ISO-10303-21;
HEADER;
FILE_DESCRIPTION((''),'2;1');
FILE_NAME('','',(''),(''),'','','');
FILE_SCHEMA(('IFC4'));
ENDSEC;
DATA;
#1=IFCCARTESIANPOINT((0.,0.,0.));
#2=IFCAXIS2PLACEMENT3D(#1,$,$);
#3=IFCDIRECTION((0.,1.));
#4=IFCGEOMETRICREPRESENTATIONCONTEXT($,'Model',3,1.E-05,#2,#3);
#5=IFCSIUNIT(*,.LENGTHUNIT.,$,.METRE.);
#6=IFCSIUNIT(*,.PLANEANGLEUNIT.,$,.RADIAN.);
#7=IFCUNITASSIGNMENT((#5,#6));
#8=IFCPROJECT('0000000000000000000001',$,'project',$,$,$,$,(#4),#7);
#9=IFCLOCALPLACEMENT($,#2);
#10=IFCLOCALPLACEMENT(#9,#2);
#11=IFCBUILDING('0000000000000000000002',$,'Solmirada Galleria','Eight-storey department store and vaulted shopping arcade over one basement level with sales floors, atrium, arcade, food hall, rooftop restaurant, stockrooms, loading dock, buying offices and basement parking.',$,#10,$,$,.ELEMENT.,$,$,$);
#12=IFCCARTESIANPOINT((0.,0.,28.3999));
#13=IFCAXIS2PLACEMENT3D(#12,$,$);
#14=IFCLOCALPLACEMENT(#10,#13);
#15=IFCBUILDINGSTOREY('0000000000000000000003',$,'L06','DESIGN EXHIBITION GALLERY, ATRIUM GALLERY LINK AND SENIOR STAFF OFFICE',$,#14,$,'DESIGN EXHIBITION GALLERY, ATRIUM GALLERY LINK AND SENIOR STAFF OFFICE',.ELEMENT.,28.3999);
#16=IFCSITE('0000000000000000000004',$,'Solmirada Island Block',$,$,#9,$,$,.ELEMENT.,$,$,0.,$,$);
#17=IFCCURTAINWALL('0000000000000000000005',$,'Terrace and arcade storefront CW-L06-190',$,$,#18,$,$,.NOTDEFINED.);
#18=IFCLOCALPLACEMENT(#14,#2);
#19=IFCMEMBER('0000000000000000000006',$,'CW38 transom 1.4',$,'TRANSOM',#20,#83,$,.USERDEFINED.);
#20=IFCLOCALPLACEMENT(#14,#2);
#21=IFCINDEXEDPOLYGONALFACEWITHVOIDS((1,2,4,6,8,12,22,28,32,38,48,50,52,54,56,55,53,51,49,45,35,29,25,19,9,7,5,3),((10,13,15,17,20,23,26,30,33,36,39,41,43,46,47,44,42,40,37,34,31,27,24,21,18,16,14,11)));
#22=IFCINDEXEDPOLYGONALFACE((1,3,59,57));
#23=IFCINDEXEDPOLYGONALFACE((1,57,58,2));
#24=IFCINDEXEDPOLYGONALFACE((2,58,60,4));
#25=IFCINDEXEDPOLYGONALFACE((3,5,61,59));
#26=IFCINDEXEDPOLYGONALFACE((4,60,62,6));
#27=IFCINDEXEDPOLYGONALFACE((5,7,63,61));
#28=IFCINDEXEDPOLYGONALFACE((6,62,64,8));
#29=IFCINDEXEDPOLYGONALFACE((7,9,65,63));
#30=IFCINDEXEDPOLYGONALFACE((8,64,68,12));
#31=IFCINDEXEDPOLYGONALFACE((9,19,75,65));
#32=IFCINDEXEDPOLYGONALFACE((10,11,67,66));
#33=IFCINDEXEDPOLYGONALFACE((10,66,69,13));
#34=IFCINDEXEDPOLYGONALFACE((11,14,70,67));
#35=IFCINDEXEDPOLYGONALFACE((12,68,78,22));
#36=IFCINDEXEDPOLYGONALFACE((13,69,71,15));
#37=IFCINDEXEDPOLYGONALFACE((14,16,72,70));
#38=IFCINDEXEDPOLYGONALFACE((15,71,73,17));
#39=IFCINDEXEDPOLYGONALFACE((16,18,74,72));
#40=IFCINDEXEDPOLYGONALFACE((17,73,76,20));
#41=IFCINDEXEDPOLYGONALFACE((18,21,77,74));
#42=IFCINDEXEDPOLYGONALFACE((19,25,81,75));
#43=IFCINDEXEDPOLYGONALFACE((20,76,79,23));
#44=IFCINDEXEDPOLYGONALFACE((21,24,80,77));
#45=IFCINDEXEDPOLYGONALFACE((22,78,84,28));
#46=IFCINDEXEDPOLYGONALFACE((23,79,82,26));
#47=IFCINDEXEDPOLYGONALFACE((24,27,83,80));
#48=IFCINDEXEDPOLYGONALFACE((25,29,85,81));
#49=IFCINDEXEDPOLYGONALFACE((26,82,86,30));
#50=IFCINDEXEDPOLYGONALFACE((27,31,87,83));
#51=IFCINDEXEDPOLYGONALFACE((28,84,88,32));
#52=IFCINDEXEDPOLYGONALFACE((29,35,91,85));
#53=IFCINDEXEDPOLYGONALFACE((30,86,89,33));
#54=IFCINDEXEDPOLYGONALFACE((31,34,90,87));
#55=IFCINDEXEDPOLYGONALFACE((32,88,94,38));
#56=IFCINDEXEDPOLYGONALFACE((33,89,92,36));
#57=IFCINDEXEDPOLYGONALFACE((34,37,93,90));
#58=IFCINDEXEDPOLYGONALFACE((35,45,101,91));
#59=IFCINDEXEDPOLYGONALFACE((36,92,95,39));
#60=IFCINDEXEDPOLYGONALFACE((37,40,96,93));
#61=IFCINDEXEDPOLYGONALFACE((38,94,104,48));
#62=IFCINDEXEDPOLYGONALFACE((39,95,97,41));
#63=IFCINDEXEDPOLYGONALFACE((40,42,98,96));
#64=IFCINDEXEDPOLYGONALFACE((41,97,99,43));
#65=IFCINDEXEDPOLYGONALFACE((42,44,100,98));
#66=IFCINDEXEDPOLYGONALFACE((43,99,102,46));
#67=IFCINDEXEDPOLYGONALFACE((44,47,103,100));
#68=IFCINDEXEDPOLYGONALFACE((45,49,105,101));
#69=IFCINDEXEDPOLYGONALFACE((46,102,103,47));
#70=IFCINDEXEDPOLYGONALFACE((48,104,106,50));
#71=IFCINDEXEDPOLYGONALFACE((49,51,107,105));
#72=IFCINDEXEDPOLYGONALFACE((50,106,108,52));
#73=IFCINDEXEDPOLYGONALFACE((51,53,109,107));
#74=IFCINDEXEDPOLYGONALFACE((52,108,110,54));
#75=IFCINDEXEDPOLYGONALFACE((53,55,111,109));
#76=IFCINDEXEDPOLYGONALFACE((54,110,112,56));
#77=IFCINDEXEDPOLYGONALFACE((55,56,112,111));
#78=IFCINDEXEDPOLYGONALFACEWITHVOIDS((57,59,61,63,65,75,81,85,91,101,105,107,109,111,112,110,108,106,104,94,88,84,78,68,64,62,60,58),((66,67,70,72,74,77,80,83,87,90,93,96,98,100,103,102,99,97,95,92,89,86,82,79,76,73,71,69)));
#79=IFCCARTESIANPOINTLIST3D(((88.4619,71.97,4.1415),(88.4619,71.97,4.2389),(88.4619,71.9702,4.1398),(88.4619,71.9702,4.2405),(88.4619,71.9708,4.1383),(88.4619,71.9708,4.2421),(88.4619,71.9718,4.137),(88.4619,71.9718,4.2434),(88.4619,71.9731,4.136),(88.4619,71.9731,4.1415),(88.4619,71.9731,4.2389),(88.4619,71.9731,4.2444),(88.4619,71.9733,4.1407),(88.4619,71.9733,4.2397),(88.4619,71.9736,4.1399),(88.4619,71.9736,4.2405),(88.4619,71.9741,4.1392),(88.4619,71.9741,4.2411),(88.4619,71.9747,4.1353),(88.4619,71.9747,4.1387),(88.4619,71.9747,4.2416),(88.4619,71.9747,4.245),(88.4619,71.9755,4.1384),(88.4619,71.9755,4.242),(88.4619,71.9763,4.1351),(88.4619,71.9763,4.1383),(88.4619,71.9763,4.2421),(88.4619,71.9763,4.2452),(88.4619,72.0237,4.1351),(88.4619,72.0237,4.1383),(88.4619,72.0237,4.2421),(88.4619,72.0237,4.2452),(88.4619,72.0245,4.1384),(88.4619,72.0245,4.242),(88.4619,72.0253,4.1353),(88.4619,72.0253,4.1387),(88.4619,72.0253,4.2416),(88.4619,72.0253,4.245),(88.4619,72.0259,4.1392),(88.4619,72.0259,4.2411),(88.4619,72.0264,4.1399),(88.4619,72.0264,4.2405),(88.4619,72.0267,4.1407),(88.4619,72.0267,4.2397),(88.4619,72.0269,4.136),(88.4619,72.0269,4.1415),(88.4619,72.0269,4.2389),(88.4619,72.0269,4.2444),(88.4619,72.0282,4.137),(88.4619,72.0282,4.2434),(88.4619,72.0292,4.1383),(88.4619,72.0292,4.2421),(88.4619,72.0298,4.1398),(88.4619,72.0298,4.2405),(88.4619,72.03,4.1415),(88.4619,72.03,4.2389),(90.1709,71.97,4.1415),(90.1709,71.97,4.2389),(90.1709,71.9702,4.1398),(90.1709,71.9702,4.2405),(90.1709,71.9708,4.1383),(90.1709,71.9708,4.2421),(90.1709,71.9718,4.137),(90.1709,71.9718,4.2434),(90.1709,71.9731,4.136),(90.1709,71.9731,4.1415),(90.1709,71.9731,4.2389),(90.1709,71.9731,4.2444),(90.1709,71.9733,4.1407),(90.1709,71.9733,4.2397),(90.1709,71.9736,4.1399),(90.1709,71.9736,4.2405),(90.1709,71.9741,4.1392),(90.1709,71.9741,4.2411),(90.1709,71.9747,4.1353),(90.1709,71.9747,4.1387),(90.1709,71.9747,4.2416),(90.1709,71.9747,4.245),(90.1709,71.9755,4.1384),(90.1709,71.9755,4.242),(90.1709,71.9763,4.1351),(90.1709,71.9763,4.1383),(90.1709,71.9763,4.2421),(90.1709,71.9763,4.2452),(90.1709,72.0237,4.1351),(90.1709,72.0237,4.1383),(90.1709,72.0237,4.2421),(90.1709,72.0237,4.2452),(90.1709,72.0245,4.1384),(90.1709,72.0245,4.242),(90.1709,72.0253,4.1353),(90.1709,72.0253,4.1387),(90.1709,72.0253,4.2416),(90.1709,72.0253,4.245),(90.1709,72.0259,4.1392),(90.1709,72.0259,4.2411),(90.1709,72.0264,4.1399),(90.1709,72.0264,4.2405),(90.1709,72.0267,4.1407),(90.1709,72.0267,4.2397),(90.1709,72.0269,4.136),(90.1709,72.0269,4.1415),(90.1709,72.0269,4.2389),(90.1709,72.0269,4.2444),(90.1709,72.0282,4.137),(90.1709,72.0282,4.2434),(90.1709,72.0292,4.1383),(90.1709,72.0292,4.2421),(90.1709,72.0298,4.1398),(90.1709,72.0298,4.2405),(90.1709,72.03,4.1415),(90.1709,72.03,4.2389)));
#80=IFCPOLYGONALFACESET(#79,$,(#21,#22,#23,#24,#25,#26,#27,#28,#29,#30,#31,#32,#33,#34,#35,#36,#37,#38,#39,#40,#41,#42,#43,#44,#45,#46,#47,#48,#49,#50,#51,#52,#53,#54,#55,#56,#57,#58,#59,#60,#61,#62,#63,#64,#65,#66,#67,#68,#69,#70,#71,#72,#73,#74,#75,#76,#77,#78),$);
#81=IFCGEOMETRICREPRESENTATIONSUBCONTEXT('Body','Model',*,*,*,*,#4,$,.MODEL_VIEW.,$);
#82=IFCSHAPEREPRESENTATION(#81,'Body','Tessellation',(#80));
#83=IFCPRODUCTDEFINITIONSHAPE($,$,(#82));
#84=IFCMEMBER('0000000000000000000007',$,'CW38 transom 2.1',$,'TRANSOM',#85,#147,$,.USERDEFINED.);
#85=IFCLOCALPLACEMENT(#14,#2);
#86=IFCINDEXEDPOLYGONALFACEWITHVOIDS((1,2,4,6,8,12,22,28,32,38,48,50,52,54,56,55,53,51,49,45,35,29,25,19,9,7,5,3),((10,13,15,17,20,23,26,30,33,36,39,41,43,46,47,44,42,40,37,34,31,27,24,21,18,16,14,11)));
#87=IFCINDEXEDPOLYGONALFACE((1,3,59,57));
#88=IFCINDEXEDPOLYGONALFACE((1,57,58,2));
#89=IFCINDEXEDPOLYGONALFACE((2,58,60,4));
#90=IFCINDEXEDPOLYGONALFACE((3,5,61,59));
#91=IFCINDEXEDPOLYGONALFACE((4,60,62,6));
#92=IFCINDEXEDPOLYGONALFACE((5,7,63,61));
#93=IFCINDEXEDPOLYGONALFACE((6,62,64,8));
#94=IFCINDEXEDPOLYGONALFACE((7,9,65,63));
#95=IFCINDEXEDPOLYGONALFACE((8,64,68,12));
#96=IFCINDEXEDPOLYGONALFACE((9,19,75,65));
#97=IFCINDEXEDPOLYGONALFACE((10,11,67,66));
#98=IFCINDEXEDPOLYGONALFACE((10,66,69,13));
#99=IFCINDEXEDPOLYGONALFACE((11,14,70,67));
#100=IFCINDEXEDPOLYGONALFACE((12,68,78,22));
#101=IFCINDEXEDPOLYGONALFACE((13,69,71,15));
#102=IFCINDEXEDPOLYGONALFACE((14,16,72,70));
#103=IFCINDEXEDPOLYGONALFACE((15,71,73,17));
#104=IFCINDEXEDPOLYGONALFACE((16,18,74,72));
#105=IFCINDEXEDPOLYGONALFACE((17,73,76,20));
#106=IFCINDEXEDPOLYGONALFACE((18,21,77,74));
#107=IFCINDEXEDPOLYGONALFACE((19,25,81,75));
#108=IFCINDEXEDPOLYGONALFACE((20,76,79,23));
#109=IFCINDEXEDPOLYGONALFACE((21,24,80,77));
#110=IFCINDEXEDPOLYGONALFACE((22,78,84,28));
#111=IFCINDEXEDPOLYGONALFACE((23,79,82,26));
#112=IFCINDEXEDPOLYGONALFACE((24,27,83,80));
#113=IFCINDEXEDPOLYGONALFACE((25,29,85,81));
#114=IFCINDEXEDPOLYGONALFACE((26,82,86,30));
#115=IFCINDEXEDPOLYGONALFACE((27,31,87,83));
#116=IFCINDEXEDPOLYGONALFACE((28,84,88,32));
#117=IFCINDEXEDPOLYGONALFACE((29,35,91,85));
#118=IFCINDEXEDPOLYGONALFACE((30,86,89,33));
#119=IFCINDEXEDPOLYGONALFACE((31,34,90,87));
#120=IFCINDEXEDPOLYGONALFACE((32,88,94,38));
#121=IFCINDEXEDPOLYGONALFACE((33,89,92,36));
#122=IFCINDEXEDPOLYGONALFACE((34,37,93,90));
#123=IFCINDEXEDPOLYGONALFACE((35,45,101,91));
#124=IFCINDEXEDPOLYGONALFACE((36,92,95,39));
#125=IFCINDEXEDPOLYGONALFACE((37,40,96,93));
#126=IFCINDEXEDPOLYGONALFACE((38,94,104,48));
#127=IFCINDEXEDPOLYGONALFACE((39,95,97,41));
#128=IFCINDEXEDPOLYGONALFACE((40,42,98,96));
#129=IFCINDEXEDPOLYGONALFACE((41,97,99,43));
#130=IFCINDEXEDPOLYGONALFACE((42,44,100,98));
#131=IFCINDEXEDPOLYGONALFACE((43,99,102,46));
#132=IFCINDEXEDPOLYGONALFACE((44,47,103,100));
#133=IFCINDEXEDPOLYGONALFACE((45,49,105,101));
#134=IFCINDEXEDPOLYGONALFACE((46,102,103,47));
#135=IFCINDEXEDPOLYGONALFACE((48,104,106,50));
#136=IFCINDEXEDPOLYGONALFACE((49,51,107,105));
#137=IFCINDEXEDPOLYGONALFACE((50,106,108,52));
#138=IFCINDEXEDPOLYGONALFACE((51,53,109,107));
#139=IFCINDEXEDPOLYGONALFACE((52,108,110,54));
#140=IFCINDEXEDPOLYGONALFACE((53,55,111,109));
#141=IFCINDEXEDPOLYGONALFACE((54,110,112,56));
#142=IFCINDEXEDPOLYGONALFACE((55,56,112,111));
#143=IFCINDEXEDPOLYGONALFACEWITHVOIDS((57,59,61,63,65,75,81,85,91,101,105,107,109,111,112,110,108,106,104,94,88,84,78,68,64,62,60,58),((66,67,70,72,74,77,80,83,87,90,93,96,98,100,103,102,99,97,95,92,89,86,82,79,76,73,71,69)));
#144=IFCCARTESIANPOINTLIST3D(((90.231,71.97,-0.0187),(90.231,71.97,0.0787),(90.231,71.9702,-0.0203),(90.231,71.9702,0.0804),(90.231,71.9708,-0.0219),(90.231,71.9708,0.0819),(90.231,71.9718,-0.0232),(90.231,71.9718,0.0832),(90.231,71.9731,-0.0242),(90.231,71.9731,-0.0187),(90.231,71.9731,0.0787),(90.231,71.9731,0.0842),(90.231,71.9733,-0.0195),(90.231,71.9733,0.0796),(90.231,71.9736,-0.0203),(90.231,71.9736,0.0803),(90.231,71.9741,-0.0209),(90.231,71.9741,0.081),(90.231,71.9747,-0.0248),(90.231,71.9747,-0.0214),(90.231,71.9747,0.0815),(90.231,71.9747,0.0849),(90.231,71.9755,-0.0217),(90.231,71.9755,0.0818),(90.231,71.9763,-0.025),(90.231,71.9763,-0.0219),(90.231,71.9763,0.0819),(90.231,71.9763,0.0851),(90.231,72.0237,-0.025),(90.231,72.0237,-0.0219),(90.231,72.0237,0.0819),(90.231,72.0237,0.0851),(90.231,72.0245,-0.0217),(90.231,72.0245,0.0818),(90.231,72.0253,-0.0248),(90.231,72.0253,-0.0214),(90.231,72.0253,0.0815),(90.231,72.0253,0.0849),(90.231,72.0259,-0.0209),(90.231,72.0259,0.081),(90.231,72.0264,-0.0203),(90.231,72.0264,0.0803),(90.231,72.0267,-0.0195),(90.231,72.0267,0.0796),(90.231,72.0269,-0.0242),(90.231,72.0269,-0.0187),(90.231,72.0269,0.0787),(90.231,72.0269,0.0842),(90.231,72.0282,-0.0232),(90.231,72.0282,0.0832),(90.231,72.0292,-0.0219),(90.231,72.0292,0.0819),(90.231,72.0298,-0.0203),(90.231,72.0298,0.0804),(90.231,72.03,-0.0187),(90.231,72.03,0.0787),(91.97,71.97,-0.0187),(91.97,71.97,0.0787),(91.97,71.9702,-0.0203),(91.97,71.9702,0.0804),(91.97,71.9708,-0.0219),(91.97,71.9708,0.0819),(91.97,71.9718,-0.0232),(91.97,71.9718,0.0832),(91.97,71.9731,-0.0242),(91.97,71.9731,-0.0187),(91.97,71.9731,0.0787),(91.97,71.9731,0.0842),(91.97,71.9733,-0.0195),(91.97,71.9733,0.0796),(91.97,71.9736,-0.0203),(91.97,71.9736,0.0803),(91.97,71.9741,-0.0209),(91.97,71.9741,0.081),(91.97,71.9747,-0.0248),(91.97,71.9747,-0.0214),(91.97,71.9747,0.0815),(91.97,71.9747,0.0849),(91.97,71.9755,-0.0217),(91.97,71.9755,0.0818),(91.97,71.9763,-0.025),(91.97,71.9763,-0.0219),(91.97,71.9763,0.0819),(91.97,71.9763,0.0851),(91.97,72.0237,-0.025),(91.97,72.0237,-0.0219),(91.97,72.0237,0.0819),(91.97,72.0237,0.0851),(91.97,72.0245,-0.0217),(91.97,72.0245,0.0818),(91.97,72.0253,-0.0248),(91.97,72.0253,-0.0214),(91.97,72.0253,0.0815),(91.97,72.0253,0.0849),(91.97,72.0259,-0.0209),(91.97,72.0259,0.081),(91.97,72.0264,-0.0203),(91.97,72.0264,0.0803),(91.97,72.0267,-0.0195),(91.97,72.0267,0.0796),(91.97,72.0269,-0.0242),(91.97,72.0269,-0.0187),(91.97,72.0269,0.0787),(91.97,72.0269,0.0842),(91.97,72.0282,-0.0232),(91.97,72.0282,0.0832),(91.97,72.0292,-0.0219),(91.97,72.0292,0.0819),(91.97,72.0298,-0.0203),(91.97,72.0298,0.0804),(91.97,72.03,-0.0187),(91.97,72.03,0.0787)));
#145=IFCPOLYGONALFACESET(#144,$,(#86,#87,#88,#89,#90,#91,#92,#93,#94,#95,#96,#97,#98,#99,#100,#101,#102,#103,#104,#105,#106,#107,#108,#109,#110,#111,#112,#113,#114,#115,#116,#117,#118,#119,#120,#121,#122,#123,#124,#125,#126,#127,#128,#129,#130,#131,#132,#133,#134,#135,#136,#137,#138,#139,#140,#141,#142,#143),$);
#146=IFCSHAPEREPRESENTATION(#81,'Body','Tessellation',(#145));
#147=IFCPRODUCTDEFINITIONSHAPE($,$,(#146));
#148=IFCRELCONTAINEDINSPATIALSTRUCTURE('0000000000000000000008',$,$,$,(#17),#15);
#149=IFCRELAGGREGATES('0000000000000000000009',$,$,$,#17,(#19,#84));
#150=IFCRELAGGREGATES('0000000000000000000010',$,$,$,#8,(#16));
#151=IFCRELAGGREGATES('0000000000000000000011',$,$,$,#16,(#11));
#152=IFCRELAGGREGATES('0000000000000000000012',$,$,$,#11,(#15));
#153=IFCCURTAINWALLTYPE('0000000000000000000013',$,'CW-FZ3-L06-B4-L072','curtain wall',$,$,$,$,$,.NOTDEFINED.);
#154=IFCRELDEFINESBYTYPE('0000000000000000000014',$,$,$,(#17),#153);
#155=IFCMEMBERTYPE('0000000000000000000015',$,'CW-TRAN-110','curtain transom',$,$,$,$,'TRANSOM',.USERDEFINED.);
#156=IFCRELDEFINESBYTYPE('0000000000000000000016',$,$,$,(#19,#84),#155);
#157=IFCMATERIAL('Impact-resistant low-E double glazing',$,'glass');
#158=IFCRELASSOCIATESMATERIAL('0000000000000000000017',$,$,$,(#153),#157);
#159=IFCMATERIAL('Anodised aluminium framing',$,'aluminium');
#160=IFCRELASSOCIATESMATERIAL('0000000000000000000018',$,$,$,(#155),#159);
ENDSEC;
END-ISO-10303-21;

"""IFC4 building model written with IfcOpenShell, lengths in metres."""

from ifc_helpers import new_model, si_unit, direction, frame, origin, origin_2d, place, context, subcontext, project, spatial, hollow_rectangle, extrude, material, material_profile, profile_set, type_object, element, aggregate, save


model = new_model("IFC4")

# Units and contexts
model_context = context("Model", 3, precision=1e-05, world=origin(), true_north=direction((0.0, 1.0)))
body_context = subcontext(model_context, "Body", "Model", "MODEL_VIEW")
ifc_project = project(units=[si_unit("LENGTHUNIT", "METRE"), si_unit("PLANEANGLEUNIT", "RADIAN")], contexts=[model_context])

# Site, building, storey
site_placement = place(None, origin())
site = spatial("IfcSite", under=ifc_project, at=site_placement, Name="Solmirada Island Block", CompositionType="ELEMENT", RefElevation=0.0)
building_placement = place(site_placement, origin())
building = spatial("IfcBuilding", under=site, at=building_placement, Name="Solmirada Galleria", Description="Eight-storey department store and vaulted shopping arcade over one basement level with sales floors, atrium, arcade, food hall, rooftop restaurant, stockrooms, loading dock, buying offices and basement parking.", CompositionType="ELEMENT")
storey_placement = place(building_placement, frame((0.0, 0.0, 28.3999)))
storey = spatial("IfcBuildingStorey", under=building, at=storey_placement, Name="L06", Description="DESIGN EXHIBITION GALLERY, ATRIUM GALLERY LINK AND SENIOR STAFF OFFICE", LongName="DESIGN EXHIBITION GALLERY, ATRIUM GALLERY LINK AND SENIOR STAFF OFFICE", CompositionType="ELEMENT", Elevation=28.3999)

# Shared definitions
ifc_material_1 = material(Name="Impact-resistant low-E double glazing", Category="glass")
curtain_wall_type = type_object("IfcCurtainWallType", Name="CW-FZ3-L06-B4-L072", Description="curtain wall", PredefinedType="NOTDEFINED", material=ifc_material_1)
ifc_material_2 = material(Name="Anodised aluminium framing", Category="aluminium")

# Curtain wall, members
curtain_wall_1_placement = place(storey_placement, origin())
curtain_wall_1 = element("IfcCurtainWall", 1, at=curtain_wall_1_placement, inside=storey, type_object=curtain_wall_type, Name="Terrace and arcade storefront CW-L06-190", PredefinedType="NOTDEFINED")
ifc_material_profile_1 = material_profile(ifc_material_2, hollow_rectangle(XDim=0.0601, YDim=0.1101, WallThickness=0.0032, InnerFilletRadius=0.0032, OuterFilletRadius=0.0063, at=origin_2d()), Name="ALU-TRAN-110X60")
ifc_profile_set_1 = profile_set([ifc_material_profile_1], Name="Anodised aluminium framing")
member_type_1 = type_object("IfcMemberType", Name="CW-TRAN-110", Description="curtain transom", ElementType="TRANSOM", PredefinedType="USERDEFINED", material=ifc_profile_set_1)
member_1_placement = place(storey_placement, frame((88.4619, 72.0, 4.1902), z_axis=(1.0, 0.0, 0.0), x_axis=(0.0, 1.0, 0.0)))
member_1 = element("IfcMember", 2, at=member_1_placement, type_object=member_type_1, Name="CW38 transom 1.4", ObjectType="TRANSOM", PredefinedType="USERDEFINED", context=body_context, shape_type="SweptSolid", body=[
    extrude(hollow_rectangle(XDim=0.0601, YDim=0.1101, WallThickness=0.0032, InnerFilletRadius=0.0032, OuterFilletRadius=0.0063, at=origin_2d()), origin(), (0.0, 0.0, 1.0), 1.709),
])
member_2_placement = place(storey_placement, frame((90.231, 72.0, 0.03), z_axis=(1.0, 0.0, 0.0), x_axis=(0.0, 1.0, 0.0)))
member_2 = element("IfcMember", 3, at=member_2_placement, type_object=member_type_1, Name="CW38 transom 2.1", ObjectType="TRANSOM", PredefinedType="USERDEFINED", context=body_context, shape_type="SweptSolid", body=[
    extrude(hollow_rectangle(XDim=0.0601, YDim=0.1101, WallThickness=0.0032, InnerFilletRadius=0.0032, OuterFilletRadius=0.0063, at=origin_2d()), origin(), (0.0, 0.0, 1.0), 1.739),
])

aggregate(curtain_wall_1, [member_1, member_2])

save(model, "model.ifc")
